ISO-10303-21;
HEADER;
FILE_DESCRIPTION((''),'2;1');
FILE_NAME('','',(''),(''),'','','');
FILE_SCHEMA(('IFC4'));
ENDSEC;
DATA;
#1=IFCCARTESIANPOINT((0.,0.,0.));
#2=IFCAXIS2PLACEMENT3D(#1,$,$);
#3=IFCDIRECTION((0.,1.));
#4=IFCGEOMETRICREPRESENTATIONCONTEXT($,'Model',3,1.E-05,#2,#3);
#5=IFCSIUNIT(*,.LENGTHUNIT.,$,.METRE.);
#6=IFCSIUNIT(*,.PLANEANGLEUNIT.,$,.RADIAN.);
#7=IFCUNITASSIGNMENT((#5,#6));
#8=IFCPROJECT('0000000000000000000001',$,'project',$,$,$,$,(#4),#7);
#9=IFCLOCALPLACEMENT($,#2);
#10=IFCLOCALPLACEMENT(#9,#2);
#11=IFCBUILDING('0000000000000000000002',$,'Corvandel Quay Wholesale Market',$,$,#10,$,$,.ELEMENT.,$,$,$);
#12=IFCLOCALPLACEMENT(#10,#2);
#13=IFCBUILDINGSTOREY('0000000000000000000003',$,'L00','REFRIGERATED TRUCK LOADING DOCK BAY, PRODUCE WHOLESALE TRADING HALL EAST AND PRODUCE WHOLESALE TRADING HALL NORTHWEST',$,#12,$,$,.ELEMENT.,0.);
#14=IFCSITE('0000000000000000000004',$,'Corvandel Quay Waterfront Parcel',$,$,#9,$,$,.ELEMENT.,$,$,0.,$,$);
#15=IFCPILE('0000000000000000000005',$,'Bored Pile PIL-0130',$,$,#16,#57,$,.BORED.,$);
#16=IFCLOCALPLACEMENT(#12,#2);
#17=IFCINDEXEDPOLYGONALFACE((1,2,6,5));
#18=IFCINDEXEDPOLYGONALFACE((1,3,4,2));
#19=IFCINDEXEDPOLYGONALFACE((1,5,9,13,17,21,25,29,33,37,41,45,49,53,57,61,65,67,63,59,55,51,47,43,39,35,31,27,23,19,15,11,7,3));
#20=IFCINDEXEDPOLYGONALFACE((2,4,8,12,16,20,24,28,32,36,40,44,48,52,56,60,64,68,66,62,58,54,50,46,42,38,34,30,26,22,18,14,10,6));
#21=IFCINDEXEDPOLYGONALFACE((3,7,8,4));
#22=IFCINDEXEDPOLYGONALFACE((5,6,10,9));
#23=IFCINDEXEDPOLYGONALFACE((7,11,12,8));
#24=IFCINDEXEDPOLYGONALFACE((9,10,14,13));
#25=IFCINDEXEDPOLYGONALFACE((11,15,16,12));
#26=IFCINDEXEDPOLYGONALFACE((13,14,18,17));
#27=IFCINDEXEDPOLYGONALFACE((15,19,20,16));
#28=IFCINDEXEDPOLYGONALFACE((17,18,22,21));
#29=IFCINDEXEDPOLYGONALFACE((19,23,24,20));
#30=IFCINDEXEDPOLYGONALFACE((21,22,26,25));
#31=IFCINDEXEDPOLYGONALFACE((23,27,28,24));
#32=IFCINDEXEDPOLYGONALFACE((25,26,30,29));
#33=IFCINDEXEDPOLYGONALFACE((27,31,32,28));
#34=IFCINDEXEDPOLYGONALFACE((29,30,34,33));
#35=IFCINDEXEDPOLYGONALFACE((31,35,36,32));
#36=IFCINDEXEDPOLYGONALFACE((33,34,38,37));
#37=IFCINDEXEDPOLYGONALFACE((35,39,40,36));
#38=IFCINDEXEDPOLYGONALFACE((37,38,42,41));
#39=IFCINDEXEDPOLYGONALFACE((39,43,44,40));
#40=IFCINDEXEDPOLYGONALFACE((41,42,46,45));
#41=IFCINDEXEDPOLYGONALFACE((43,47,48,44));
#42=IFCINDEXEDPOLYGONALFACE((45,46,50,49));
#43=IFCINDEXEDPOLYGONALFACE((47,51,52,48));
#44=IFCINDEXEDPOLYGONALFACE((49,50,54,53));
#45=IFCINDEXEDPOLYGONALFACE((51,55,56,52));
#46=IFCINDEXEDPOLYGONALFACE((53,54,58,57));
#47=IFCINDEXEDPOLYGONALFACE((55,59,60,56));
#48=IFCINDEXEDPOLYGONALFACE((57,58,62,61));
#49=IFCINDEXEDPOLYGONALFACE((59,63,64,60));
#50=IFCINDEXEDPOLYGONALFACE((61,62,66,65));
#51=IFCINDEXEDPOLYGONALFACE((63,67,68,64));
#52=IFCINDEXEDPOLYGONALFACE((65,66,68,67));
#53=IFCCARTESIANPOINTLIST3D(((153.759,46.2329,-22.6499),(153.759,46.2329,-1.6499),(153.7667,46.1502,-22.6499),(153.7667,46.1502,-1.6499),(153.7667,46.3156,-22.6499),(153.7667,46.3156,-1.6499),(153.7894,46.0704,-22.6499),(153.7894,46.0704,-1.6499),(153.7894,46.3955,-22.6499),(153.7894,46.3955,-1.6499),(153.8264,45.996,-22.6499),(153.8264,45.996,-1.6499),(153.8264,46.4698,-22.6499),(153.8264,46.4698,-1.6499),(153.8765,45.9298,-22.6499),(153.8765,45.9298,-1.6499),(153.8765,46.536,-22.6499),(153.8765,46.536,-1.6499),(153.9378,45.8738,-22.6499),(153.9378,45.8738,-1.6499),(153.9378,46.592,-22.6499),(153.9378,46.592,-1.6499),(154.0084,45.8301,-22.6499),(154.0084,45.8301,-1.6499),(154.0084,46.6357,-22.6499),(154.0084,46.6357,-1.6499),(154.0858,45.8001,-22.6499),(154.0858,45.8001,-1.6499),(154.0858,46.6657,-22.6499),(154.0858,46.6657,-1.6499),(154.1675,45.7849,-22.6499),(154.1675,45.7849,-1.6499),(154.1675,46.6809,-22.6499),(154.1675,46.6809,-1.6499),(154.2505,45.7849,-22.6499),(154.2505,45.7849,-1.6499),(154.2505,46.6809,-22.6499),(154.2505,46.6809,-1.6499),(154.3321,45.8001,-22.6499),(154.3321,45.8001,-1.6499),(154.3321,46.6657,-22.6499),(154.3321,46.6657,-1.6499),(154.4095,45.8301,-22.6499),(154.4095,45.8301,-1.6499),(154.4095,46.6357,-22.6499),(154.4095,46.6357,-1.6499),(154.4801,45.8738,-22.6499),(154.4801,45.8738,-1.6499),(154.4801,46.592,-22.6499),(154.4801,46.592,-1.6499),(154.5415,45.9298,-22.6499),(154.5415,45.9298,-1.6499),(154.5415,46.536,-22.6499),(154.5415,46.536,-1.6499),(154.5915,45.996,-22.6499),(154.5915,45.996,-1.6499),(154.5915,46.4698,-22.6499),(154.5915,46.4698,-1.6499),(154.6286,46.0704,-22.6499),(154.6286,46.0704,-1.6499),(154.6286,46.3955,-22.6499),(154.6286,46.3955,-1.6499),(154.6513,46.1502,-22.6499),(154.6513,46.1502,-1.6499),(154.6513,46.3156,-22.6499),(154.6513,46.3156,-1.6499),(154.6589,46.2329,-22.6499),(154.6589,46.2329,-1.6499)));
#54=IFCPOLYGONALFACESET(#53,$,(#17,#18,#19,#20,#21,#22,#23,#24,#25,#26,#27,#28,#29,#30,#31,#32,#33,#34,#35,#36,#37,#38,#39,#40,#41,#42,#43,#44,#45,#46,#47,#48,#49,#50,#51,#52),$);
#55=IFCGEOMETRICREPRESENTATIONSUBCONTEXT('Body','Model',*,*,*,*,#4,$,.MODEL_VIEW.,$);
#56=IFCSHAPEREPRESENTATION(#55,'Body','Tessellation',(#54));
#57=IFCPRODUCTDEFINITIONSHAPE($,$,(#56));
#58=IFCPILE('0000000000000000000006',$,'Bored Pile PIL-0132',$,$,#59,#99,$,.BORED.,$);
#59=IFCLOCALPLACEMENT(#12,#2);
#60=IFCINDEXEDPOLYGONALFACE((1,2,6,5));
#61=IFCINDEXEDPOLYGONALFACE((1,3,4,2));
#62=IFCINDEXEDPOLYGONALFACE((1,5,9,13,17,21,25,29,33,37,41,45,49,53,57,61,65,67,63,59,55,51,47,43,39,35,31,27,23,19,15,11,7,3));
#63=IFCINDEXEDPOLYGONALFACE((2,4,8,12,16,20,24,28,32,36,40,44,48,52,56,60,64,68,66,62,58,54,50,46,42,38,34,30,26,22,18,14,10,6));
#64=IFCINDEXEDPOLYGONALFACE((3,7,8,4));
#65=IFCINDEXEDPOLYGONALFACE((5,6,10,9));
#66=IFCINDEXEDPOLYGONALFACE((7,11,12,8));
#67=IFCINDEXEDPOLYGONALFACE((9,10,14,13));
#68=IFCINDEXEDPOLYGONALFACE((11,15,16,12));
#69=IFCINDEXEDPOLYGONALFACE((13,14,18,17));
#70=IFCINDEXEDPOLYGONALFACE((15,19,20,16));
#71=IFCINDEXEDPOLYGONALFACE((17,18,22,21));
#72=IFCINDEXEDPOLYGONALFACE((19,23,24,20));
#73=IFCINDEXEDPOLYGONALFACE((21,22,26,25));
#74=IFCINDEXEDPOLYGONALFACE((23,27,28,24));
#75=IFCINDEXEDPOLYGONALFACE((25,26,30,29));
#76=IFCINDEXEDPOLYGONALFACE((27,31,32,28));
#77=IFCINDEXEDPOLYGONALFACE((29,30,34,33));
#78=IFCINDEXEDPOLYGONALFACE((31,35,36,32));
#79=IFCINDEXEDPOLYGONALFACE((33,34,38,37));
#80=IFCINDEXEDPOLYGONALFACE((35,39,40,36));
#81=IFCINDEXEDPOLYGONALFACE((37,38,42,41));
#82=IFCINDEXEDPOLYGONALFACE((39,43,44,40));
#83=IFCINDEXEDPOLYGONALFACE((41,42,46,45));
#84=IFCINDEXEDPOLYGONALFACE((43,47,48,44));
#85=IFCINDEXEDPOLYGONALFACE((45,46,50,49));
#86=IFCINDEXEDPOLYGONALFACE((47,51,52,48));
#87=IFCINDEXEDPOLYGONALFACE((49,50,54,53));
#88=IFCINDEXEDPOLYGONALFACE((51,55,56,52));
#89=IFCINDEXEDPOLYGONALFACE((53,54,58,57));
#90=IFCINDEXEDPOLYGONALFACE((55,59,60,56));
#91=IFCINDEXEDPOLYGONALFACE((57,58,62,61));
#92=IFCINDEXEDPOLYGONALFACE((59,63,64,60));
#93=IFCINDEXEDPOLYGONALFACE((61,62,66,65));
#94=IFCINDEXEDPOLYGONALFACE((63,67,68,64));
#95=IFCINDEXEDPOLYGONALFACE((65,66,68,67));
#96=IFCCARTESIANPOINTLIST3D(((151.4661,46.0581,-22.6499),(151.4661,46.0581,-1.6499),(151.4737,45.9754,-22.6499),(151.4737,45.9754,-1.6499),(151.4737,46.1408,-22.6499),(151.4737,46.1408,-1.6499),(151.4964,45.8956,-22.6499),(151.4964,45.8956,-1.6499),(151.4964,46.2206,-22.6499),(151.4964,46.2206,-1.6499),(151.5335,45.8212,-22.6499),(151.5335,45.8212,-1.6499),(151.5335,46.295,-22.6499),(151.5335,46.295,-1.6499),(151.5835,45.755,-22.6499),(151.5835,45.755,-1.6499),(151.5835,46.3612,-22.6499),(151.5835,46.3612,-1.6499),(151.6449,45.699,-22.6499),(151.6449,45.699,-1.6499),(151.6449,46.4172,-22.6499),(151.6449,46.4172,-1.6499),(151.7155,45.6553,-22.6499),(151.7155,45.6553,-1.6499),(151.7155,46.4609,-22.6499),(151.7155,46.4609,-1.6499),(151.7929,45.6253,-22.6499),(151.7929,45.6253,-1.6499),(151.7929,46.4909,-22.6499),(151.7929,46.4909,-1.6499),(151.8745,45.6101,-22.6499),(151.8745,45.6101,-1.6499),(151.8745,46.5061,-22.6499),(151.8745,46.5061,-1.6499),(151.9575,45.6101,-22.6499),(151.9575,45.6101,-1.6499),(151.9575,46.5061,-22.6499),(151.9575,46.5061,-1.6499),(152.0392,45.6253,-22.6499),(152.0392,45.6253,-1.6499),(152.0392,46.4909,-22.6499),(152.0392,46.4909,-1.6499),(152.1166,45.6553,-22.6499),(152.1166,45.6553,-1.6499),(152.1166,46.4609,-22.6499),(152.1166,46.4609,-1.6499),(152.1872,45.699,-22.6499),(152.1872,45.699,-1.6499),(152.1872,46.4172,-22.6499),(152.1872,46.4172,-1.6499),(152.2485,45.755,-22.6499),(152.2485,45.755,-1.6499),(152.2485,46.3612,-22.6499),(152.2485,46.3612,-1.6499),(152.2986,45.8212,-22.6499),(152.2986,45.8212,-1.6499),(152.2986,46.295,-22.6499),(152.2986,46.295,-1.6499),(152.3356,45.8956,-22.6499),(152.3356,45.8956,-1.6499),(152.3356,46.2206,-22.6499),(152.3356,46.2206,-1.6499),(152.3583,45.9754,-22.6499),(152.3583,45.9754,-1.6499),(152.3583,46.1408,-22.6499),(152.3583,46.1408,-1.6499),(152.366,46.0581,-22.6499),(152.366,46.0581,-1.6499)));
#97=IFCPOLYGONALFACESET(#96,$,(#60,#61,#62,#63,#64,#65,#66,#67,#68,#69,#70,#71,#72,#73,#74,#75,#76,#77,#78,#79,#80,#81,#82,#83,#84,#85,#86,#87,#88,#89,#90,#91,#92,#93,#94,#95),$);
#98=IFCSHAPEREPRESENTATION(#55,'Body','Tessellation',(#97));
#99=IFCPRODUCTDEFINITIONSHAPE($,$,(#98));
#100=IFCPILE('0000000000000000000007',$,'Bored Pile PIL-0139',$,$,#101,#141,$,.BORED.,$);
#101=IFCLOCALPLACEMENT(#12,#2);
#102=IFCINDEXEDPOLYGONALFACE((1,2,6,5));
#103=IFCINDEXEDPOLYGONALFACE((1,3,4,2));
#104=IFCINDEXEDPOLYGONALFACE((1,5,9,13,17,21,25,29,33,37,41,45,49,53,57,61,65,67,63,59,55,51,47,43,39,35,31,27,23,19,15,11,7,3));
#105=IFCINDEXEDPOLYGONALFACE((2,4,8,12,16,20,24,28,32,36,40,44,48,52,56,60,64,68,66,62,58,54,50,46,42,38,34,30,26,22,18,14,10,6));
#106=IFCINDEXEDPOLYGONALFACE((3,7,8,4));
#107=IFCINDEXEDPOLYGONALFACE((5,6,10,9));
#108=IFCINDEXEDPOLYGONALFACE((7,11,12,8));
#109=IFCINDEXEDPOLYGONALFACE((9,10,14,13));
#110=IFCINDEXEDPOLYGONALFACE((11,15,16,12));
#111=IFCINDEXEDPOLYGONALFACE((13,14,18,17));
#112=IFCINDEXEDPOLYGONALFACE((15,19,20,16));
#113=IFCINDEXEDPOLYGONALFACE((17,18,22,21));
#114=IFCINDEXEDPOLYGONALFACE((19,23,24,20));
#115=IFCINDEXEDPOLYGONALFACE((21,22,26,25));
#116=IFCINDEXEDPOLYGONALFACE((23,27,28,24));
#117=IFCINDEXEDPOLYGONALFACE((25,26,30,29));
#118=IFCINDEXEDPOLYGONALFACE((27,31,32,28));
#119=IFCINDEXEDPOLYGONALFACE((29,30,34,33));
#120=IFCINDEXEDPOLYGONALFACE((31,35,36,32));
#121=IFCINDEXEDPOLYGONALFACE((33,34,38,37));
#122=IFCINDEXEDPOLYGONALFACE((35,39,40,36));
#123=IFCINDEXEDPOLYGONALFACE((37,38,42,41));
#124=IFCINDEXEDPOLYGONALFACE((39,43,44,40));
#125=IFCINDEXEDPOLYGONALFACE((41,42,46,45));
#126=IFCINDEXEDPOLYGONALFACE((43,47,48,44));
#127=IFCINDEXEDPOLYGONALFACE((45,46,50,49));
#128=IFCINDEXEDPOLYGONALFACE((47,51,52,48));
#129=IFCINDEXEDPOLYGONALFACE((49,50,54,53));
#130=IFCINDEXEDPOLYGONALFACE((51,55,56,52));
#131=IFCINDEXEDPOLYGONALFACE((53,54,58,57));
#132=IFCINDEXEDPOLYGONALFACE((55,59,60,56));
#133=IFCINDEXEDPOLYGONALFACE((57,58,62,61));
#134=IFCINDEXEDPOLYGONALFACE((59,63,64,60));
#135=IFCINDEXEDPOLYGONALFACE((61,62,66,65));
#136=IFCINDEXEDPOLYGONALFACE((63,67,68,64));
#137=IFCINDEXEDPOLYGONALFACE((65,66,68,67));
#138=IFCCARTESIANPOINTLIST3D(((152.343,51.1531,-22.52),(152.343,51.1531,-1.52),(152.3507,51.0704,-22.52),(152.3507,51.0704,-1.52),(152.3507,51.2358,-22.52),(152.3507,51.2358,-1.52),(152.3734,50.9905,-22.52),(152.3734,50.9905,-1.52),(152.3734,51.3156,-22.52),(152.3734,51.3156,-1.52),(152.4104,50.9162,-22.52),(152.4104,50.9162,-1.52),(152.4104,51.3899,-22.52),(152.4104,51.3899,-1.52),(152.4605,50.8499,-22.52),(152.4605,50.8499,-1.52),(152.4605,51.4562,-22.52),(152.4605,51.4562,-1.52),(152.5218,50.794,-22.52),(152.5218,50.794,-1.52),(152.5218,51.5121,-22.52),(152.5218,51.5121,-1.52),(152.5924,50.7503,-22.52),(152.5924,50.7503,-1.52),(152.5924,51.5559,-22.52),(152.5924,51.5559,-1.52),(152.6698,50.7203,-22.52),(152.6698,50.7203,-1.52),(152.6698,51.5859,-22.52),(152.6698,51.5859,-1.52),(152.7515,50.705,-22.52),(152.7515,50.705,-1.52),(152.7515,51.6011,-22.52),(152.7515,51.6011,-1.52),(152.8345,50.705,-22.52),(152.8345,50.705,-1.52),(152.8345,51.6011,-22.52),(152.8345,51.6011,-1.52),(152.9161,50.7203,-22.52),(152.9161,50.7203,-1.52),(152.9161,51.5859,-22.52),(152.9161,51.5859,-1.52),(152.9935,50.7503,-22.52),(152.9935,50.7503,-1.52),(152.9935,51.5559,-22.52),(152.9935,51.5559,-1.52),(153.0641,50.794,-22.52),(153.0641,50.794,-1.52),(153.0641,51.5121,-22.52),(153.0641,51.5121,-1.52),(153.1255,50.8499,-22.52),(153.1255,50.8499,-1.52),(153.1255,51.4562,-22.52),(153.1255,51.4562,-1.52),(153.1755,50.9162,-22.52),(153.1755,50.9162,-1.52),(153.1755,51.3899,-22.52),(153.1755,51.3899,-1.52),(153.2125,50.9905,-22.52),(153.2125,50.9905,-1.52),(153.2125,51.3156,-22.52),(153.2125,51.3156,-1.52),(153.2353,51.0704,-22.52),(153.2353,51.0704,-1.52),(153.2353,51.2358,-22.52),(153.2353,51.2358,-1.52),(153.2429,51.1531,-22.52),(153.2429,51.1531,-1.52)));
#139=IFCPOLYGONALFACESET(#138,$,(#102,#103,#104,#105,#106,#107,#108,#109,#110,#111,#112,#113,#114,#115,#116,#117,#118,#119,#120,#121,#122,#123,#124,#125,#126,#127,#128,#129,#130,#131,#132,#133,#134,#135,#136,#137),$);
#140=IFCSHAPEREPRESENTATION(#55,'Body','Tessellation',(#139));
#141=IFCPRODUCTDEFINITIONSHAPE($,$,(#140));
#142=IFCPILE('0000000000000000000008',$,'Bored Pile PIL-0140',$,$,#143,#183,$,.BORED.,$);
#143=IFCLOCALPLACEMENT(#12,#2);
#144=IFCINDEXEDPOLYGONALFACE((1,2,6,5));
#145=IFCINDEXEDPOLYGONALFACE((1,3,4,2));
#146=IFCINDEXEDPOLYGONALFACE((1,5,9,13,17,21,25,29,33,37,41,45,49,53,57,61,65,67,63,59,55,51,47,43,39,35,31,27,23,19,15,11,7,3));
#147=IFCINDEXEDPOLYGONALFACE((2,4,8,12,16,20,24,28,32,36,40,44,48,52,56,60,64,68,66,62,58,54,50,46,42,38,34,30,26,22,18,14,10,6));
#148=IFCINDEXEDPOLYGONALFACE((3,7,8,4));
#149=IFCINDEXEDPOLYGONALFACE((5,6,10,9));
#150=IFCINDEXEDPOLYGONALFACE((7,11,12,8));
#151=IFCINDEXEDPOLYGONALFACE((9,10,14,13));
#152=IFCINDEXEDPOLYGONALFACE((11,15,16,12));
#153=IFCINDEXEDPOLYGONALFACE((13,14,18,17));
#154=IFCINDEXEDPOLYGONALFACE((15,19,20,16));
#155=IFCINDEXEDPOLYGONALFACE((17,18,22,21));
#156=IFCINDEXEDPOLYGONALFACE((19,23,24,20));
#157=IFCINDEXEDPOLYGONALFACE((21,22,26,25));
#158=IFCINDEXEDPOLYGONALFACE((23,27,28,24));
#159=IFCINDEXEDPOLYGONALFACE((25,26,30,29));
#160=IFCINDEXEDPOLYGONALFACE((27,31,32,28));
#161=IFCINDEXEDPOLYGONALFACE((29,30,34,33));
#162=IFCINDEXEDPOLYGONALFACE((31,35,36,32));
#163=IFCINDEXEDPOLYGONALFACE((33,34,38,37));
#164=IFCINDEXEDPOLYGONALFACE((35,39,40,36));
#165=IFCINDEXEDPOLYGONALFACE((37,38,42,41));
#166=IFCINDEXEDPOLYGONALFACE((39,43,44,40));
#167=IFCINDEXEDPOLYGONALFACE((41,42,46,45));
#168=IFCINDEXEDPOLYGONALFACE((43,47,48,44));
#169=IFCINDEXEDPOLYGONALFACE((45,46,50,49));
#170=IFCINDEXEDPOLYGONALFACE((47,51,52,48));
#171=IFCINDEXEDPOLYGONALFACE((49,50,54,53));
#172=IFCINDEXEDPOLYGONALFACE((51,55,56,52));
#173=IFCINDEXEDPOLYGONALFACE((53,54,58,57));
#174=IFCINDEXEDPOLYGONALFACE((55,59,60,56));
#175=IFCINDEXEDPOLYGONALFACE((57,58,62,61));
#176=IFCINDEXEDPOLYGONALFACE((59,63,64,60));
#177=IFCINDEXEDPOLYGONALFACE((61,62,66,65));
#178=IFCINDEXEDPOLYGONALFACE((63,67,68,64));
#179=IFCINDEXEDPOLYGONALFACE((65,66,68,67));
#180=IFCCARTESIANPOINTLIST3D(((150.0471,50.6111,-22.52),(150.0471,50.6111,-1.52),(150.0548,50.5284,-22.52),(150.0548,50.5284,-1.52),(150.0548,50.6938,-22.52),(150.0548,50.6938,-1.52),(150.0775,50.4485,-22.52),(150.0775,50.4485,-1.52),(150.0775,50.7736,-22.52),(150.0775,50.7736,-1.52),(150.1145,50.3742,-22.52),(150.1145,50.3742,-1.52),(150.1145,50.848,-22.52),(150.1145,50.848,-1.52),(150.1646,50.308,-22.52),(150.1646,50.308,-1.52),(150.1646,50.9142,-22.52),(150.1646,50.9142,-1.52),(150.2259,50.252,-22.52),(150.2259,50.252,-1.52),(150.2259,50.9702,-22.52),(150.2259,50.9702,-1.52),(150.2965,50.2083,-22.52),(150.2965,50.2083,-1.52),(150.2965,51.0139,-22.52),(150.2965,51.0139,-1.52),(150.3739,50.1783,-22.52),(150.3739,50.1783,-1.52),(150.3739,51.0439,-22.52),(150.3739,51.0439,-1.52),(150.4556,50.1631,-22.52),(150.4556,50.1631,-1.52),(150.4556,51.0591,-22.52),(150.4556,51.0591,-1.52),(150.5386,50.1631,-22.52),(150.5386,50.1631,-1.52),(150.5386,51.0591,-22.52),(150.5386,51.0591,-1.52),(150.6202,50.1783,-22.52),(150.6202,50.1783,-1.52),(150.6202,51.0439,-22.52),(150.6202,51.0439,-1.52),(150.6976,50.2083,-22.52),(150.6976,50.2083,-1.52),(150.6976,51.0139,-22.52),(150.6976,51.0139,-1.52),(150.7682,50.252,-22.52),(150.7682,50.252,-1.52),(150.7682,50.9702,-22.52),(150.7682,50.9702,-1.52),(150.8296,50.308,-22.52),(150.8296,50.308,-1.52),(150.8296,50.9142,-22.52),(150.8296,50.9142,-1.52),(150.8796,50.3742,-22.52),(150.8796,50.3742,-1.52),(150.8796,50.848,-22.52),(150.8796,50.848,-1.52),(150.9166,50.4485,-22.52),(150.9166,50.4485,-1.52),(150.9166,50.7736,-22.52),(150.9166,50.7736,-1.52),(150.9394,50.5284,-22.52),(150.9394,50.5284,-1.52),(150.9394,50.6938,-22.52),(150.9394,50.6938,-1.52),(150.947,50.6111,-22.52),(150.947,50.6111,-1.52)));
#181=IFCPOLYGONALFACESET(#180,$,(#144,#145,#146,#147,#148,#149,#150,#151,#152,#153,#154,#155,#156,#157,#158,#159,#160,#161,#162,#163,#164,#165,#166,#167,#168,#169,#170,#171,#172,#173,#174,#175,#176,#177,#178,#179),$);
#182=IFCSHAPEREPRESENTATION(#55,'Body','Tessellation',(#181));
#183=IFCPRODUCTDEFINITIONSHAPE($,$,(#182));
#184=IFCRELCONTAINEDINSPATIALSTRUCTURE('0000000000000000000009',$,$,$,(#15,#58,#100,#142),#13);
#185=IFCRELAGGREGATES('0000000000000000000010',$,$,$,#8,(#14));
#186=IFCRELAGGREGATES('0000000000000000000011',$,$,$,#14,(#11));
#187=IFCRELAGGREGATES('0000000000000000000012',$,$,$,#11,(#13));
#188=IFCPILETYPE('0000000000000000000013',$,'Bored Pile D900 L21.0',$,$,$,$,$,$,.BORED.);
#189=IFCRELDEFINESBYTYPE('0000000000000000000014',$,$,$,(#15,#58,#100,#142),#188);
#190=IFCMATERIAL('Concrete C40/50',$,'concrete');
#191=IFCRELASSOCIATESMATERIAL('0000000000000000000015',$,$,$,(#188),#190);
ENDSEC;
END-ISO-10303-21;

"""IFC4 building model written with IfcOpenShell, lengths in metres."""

from ifc_helpers import new_model, si_unit, direction, frame, origin, origin_2d, place, context, subcontext, project, spatial, circle, extrude, material, material_profile, profile_set, type_object, element, save


model = new_model("IFC4")

# Units and contexts
model_context = context("Model", 3, precision=1e-05, world=origin(), true_north=direction((0.0, 1.0)))
body_context = subcontext(model_context, "Body", "Model", "MODEL_VIEW")
ifc_project = project(units=[si_unit("LENGTHUNIT", "METRE"), si_unit("PLANEANGLEUNIT", "RADIAN")], contexts=[model_context])

# Site, building, storey
site_placement = place(None, origin())
site = spatial("IfcSite", under=ifc_project, at=site_placement, Name="Corvandel Quay Waterfront Parcel", CompositionType="ELEMENT", RefElevation=0.0)
building_placement = place(site_placement, origin())
building = spatial("IfcBuilding", under=site, at=building_placement, Name="Corvandel Quay Wholesale Market", CompositionType="ELEMENT")
storey_placement = place(building_placement, origin())
storey = spatial("IfcBuildingStorey", under=building, at=storey_placement, Name="L00", Description="REFRIGERATED TRUCK LOADING DOCK BAY, PRODUCE WHOLESALE TRADING HALL EAST AND PRODUCE WHOLESALE TRADING HALL NORTHWEST", CompositionType="ELEMENT", Elevation=0.0)

# Piles
ifc_material_1 = material(Name="Concrete C40/50", Category="concrete")
ifc_material_profile_1 = material_profile(ifc_material_1, circle(Radius=0.45, at=origin_2d()), Name="RC-PILE-D900")
ifc_profile_set_1 = profile_set([ifc_material_profile_1], Name="Concrete C40/50")
pile_type_1 = type_object("IfcPileType", Name="Bored Pile D900 L21.0", PredefinedType="BORED", material=ifc_profile_set_1)
for number, where, z_axis, x_axis, name in (
    (1, (154.209, 46.2329, -1.6499), (0.0, 0.0, -1.0), (1.0, 0.0, 0.0), "Bored Pile PIL-0130"),
    (2, (151.916, 46.0581, -1.6499), (0.0, 0.0, -1.0), (1.0, 0.0, 0.0), "Bored Pile PIL-0132"),
    (3, (152.793, 51.1531, -1.52), (0.0, 0.0, -1.0), (1.0, 0.0, 0.0), "Bored Pile PIL-0139"),
    (4, (150.4971, 50.6111, -1.52), (0.0, 0.0, -1.0), (1.0, 0.0, 0.0), "Bored Pile PIL-0140"),
):
    element("IfcPile", number, at=place(storey_placement, frame(where, z_axis=z_axis, x_axis=x_axis)), inside=storey, type_object=pile_type_1, Name=name, PredefinedType="BORED", context=body_context, shape_type="SweptSolid", body=[
        extrude(circle(Radius=0.45, at=origin_2d()), origin(), (0.0, 0.0, 1.0), 21.0),
    ])

save(model, "model.ifc")
